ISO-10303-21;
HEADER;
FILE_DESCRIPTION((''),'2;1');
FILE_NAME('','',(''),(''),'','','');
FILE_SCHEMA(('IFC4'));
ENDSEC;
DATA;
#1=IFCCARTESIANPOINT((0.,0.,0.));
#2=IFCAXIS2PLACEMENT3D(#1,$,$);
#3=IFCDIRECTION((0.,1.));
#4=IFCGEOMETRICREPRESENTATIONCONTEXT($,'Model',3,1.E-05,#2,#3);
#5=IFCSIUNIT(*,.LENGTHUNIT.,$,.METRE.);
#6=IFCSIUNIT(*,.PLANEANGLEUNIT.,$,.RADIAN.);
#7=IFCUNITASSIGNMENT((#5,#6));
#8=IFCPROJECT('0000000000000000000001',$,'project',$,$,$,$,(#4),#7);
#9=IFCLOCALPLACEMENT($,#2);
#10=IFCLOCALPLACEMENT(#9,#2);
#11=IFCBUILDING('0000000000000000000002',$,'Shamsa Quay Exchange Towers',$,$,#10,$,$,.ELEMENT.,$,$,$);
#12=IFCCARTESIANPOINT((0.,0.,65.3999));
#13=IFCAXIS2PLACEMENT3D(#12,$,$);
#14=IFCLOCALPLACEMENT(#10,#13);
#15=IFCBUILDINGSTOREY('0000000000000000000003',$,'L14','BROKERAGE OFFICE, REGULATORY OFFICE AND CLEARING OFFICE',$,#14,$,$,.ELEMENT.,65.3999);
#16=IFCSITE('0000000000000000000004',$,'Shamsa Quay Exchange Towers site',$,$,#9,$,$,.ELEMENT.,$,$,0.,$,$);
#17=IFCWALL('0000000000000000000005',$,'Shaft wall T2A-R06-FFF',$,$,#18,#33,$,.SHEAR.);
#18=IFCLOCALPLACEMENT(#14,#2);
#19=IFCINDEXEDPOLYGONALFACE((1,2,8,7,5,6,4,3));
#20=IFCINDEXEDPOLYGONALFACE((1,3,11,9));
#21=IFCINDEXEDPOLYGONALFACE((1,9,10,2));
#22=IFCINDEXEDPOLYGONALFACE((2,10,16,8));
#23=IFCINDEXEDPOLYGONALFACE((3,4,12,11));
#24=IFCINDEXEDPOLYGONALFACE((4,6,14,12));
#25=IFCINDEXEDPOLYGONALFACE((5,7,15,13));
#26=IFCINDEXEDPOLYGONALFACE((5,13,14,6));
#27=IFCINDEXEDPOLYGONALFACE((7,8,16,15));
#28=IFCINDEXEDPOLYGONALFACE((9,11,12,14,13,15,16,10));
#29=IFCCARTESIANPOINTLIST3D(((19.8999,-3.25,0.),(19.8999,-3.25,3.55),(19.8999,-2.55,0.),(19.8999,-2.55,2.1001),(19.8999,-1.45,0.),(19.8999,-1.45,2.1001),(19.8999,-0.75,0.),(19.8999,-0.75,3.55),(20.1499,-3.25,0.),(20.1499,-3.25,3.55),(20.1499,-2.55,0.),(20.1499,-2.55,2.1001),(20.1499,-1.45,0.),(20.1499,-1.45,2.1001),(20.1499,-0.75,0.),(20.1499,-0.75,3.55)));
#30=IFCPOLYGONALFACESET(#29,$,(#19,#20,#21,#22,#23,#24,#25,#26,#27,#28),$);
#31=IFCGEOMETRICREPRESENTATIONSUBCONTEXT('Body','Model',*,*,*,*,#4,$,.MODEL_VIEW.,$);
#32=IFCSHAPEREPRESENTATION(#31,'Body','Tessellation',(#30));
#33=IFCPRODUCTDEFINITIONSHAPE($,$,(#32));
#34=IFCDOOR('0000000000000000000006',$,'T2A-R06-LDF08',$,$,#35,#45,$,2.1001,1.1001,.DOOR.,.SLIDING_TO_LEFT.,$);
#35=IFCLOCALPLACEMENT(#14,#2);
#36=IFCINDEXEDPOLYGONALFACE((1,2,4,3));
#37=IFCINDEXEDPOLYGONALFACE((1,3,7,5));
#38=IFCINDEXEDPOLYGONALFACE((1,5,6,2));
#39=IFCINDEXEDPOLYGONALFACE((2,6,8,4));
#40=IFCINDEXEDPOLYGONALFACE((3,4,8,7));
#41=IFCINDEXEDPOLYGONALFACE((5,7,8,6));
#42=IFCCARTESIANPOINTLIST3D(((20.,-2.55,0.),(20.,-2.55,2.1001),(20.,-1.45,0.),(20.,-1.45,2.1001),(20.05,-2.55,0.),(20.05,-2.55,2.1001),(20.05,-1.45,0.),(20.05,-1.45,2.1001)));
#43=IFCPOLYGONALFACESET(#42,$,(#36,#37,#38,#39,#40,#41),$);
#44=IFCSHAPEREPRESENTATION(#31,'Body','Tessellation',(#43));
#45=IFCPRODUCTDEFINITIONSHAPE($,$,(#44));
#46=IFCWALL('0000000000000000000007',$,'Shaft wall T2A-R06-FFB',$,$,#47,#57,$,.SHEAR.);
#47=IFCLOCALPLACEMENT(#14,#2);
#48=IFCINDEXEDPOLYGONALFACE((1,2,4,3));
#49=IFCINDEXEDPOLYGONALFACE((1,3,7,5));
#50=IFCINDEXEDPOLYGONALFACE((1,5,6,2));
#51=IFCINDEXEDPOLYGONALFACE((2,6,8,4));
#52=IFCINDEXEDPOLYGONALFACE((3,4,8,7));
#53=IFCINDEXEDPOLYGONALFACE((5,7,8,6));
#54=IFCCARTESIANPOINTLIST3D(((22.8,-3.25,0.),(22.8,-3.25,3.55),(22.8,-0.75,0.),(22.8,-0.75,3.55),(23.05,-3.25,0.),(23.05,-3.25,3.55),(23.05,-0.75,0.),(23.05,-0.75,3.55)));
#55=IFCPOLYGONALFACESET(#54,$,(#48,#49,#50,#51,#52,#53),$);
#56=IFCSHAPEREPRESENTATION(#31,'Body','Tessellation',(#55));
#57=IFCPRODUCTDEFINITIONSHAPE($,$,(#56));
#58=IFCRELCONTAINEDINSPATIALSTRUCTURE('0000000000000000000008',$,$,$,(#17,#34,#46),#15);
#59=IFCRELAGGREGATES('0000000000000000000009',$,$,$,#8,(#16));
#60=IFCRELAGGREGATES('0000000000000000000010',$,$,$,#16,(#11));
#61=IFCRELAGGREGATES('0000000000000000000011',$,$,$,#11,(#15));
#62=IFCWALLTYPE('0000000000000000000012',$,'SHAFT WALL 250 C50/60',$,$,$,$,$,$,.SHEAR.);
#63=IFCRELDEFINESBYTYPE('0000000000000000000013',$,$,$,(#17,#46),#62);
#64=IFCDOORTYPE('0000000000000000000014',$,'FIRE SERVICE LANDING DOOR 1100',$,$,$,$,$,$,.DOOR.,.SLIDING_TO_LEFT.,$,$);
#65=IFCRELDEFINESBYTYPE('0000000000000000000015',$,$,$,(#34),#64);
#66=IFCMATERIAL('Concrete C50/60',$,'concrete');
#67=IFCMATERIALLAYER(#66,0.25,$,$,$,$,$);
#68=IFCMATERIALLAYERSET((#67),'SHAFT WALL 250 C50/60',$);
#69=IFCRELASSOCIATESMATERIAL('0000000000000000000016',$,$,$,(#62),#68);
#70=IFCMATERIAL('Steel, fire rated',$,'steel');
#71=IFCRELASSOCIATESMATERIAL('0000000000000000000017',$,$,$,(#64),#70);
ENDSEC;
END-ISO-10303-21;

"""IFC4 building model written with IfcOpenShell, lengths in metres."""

from ifc_helpers import new_model, si_unit, direction, frame, frame_2d, origin, place, context, subcontext, project, spatial, rectangle, extrude, material, layer, layer_set, type_object, element, fill, save


model = new_model("IFC4")

# Units and contexts
model_context = context("Model", 3, precision=1e-05, world=origin(), true_north=direction((0.0, 1.0)))
body_context = subcontext(model_context, "Body", "Model", "MODEL_VIEW")
ifc_project = project(units=[si_unit("LENGTHUNIT", "METRE"), si_unit("PLANEANGLEUNIT", "RADIAN")], contexts=[model_context])

# Site, building, storey
site_placement = place(None, origin())
site = spatial("IfcSite", under=ifc_project, at=site_placement, Name="Shamsa Quay Exchange Towers site", CompositionType="ELEMENT", RefElevation=0.0)
building_placement = place(site_placement, origin())
building = spatial("IfcBuilding", under=site, at=building_placement, Name="Shamsa Quay Exchange Towers", CompositionType="ELEMENT")
storey_placement = place(building_placement, frame((0.0, 0.0, 65.3999)))
storey = spatial("IfcBuildingStorey", under=building, at=storey_placement, Name="L14", Description="BROKERAGE OFFICE, REGULATORY OFFICE AND CLEARING OFFICE", CompositionType="ELEMENT", Elevation=65.3999)

# Shared definitions
ifc_material_1 = material(Name="Concrete C50/60", Category="concrete")
ifc_layer_1 = layer(ifc_material_1, 0.25)
ifc_layer_set_1 = layer_set([ifc_layer_1], Name="SHAFT WALL 250 C50/60")
wall_type_1 = type_object("IfcWallType", Name="SHAFT WALL 250 C50/60", PredefinedType="SHEAR", material=ifc_layer_set_1)
ifc_material_2 = material(Name="Steel, fire rated", Category="steel")

# Wall, opening, door
wall_1_placement = place(storey_placement, frame((20.0249, -3.25, 0.0), z_axis=(0.0, 0.0, 1.0), x_axis=(0.0, 1.0, 0.0)))
wall_1 = element("IfcWall", 1, at=wall_1_placement, inside=storey, type_object=wall_type_1, Name="Shaft wall T2A-R06-FFF", PredefinedType="SHEAR", context=body_context, shape_type="SweptSolid", body=[
    extrude(rectangle(XDim=2.5, YDim=0.25, at=frame_2d((1.25, 0.0))), origin(), (0.0, 0.0, 1.0), 3.55),
])
opening_1_placement = place(wall_1_placement, frame((0.7, 0.0, 0.0)))
opening_1 = element("IfcOpeningElement", 2, at=opening_1_placement, cuts=wall_1, PredefinedType="OPENING", context=body_context, shape_type="SweptSolid", body=[
    extrude(rectangle(XDim=1.1001, YDim=2.1001, at=frame_2d((0.55, 1.05))), frame((0.0, 0.135, 0.0), z_axis=(0.0, -1.0, 0.0), x_axis=(1.0, 0.0, 0.0)), (0.0, 0.0, 1.0), 0.27),
])
door_type_1 = type_object("IfcDoorType", Name="FIRE SERVICE LANDING DOOR 1100", OperationType="SLIDING_TO_LEFT", PredefinedType="DOOR", material=ifc_material_2)
door_1_placement = place(opening_1_placement, origin())
door_1 = element("IfcDoor", 3, at=door_1_placement, inside=storey, type_object=door_type_1, Name="T2A-R06-LDF08", OperationType="SLIDING_TO_LEFT", OverallHeight=2.1001, OverallWidth=1.1001, PredefinedType="DOOR", context=body_context, shape_type="SweptSolid", body=[
    extrude(rectangle(XDim=1.1001, YDim=2.1001, at=frame_2d((0.55, 1.05))), frame((0.0, 0.0249, 0.0), z_axis=(0.0, -1.0, 0.0), x_axis=(1.0, 0.0, 0.0)), (0.0, 0.0, 1.0), 0.05),
])
fill(opening_1, door_1)

# Wall
wall_2_placement = place(storey_placement, frame((22.925, -3.25, 0.0), z_axis=(0.0, 0.0, 1.0), x_axis=(0.0, 1.0, 0.0)))
element("IfcWall", 4, at=wall_2_placement, inside=storey, type_object=wall_type_1, Name="Shaft wall T2A-R06-FFB", PredefinedType="SHEAR", context=body_context, shape_type="SweptSolid", body=[
    extrude(rectangle(XDim=2.5, YDim=0.25, at=frame_2d((1.25, 0.0))), origin(), (0.0, 0.0, 1.0), 3.55),
])

save(model, "model.ifc")
